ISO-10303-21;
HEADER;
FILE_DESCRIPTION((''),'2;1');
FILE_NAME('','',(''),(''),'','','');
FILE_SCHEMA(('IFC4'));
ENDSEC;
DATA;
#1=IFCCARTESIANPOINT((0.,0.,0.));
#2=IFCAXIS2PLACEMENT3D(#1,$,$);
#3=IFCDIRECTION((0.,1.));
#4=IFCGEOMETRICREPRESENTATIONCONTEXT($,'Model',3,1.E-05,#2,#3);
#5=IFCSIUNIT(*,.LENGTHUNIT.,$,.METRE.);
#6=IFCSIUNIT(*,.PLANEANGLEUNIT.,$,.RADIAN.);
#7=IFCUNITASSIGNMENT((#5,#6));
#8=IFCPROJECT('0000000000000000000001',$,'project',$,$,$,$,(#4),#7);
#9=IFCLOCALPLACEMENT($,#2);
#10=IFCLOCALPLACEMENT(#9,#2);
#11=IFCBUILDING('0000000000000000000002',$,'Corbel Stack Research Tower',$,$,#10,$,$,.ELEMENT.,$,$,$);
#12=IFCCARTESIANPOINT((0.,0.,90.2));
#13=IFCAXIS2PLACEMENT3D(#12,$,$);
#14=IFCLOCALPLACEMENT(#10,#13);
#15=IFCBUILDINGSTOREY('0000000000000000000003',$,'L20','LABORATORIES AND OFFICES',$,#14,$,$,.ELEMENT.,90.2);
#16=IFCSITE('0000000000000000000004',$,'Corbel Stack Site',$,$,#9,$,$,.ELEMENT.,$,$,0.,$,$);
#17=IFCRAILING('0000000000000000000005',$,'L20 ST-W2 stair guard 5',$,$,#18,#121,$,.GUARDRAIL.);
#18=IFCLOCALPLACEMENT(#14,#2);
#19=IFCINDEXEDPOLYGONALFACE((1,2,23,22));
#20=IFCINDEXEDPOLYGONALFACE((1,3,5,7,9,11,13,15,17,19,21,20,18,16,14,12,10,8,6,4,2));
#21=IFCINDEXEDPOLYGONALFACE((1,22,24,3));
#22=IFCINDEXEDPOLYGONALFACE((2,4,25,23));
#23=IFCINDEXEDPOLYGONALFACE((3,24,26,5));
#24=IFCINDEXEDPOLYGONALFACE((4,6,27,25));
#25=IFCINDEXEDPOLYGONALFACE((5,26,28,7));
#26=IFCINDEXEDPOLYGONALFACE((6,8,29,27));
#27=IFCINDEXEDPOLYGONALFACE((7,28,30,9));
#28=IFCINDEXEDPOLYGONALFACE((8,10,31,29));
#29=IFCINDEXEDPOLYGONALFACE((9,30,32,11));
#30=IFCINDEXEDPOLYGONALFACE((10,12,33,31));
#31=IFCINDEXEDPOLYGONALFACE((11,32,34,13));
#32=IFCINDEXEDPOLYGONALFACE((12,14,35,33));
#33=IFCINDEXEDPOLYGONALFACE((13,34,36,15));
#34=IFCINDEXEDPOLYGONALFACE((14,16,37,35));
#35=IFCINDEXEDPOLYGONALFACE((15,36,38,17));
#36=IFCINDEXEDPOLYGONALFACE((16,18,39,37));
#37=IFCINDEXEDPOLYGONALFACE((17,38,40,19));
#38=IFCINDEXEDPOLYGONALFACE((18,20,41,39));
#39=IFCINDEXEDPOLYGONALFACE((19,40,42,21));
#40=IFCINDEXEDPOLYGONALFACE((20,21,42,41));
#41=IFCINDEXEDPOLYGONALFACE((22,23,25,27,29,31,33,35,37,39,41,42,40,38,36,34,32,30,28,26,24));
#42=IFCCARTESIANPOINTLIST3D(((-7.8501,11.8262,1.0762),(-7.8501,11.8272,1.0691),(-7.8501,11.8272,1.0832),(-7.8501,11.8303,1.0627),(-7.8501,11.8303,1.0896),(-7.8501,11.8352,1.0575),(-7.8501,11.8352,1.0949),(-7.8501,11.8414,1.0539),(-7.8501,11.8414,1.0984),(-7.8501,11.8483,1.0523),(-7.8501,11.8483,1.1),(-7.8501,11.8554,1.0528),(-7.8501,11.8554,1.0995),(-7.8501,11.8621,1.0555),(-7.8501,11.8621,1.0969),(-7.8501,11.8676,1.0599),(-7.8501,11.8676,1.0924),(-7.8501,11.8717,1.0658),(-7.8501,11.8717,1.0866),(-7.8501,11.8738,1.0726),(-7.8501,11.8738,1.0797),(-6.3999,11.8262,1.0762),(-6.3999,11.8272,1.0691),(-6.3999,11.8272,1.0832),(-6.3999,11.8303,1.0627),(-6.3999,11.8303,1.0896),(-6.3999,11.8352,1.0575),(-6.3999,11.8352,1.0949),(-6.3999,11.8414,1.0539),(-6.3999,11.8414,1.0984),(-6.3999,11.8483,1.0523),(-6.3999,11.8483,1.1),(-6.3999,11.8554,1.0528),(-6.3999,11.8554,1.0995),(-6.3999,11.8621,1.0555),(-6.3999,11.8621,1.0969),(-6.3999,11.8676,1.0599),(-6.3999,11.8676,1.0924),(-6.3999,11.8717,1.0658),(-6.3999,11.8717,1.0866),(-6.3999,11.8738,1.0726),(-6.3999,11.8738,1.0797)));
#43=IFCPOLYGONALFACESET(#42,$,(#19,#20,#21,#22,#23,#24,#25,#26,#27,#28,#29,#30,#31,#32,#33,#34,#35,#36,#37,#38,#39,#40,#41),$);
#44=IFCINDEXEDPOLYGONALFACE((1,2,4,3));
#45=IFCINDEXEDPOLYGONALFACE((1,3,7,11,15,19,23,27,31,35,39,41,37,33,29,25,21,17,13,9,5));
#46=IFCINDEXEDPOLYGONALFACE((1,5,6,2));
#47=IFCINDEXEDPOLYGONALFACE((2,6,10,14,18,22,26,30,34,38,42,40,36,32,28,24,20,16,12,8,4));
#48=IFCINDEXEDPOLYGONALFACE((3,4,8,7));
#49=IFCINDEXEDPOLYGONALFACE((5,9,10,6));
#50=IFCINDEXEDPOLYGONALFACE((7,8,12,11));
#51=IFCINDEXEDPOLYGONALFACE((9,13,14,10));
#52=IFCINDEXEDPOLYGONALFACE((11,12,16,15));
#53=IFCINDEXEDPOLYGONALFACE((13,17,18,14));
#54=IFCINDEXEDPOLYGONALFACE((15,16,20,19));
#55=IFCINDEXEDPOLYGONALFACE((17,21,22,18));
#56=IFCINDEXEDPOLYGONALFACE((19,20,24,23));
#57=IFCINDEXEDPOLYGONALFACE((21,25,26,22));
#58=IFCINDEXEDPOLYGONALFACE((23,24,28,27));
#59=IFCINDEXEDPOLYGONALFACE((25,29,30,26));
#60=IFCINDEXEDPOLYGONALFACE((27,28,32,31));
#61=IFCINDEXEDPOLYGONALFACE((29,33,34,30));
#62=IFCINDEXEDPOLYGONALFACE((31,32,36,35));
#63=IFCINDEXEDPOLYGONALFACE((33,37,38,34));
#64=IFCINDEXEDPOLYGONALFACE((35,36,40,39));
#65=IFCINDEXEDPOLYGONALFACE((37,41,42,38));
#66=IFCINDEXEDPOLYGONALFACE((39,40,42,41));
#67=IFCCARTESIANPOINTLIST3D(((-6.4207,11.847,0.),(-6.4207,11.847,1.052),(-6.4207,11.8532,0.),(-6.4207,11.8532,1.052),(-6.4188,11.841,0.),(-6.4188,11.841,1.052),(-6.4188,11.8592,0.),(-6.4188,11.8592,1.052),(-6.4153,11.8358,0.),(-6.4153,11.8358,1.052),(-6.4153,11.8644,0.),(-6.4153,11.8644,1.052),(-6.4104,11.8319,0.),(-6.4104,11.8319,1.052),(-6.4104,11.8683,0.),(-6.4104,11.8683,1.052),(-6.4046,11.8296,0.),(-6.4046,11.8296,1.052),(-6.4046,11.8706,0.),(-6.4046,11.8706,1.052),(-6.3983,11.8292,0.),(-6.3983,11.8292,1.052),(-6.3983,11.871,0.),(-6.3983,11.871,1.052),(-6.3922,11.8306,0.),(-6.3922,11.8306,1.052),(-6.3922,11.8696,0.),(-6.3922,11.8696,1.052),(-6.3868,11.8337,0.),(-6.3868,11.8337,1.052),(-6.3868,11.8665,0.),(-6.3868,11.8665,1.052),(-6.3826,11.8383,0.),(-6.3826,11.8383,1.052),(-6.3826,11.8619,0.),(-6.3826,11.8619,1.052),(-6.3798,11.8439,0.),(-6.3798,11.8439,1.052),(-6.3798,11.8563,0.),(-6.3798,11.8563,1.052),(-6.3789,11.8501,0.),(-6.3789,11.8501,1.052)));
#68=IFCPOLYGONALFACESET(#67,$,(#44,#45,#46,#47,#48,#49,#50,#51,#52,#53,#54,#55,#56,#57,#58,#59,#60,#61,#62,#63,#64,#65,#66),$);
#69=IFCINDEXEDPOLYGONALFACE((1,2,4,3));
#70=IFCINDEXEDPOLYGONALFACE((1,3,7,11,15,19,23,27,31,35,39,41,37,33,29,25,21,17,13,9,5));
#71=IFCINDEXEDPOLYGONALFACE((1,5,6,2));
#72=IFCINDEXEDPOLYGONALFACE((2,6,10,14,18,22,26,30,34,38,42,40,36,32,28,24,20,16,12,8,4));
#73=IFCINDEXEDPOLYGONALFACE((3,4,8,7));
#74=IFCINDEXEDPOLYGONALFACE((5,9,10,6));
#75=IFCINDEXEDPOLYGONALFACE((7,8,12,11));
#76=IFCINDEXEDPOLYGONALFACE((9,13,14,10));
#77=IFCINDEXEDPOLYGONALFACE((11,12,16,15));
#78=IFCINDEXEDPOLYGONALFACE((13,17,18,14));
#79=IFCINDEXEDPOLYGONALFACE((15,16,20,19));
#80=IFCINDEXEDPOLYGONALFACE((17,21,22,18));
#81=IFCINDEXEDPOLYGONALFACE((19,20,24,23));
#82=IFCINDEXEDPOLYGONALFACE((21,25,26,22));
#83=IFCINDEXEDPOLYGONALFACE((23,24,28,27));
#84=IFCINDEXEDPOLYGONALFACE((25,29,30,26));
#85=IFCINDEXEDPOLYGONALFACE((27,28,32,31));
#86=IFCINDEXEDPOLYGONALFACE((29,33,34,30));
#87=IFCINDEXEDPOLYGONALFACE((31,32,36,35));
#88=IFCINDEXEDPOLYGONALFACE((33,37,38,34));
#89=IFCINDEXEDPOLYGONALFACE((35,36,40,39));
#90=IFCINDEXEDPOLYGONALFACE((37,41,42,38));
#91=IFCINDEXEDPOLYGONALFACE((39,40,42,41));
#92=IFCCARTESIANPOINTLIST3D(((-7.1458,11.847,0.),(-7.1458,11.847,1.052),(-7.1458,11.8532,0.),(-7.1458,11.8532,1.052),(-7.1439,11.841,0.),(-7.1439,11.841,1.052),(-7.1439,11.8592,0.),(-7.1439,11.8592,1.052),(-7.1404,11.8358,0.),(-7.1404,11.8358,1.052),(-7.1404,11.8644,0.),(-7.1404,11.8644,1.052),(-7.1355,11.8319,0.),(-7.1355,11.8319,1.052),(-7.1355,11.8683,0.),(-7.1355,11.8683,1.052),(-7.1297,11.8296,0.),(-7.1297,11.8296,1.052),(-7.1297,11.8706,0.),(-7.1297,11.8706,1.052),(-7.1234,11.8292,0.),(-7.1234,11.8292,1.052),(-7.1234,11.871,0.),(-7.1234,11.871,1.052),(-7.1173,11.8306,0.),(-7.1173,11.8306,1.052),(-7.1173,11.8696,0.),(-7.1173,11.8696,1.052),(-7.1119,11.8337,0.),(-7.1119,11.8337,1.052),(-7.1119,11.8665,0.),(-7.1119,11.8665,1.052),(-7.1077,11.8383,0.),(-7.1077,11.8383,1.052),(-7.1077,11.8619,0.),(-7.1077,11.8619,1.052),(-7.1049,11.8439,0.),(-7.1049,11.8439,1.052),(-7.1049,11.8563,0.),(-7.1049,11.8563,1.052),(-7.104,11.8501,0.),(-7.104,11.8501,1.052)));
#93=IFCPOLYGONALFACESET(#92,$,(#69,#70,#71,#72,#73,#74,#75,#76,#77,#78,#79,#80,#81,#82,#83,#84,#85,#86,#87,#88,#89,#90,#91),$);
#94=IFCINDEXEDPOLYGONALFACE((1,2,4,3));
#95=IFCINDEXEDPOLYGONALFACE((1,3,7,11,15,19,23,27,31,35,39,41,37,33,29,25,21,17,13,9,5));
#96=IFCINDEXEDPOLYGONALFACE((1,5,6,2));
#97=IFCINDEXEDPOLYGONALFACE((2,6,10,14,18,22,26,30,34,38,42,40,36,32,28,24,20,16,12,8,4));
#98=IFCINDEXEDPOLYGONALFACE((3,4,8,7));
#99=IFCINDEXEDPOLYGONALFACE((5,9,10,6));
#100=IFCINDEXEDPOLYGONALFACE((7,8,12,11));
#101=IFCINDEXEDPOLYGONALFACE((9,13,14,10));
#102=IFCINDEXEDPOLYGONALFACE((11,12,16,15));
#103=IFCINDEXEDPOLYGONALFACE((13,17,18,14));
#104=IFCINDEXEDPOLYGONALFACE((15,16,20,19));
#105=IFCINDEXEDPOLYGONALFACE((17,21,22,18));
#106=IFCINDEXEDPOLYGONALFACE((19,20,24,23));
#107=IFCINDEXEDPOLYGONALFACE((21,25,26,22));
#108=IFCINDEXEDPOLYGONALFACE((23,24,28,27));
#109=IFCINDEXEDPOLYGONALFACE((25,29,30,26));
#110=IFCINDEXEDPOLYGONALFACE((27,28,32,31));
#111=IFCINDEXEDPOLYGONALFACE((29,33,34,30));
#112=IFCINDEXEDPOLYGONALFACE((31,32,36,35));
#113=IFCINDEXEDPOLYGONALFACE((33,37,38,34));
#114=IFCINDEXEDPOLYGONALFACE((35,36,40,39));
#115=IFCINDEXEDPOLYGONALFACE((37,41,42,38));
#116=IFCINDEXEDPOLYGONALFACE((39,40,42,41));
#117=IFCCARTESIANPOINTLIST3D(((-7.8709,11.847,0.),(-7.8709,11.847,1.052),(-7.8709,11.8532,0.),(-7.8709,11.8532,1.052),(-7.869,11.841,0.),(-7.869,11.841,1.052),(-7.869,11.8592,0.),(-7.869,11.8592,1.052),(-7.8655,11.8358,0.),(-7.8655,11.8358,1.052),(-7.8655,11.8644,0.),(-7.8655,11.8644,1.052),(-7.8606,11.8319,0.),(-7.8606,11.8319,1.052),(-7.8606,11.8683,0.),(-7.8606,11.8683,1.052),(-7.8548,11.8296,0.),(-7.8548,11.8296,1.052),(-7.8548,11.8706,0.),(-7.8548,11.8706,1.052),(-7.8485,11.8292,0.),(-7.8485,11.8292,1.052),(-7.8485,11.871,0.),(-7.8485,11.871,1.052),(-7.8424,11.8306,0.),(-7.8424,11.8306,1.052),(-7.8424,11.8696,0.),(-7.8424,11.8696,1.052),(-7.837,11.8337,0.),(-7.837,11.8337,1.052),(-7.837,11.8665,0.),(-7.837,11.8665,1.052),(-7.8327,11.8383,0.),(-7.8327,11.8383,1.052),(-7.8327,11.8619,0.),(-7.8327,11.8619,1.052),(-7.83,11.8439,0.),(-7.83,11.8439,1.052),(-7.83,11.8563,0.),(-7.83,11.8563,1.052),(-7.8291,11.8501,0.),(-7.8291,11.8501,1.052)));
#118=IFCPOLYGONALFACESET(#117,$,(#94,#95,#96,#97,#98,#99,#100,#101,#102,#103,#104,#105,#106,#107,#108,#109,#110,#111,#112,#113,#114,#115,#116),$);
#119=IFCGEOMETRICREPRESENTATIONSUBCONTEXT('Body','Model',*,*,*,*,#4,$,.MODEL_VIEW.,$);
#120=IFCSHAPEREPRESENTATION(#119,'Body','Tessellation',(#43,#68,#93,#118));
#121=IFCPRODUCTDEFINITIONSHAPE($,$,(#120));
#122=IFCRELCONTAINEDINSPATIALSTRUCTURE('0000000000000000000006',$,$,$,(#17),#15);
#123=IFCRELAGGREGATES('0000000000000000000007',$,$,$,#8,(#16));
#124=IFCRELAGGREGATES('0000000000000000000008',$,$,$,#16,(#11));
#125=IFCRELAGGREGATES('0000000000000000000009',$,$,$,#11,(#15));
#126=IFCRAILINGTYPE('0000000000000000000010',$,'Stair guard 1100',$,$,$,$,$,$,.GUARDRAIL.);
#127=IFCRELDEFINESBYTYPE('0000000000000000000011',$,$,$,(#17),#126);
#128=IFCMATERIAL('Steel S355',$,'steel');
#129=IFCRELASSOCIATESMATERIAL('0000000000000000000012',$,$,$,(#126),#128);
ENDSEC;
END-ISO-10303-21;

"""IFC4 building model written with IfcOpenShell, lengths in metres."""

from ifc_helpers import new_model, si_unit, direction, frame, origin, origin_2d, place, context, subcontext, project, spatial, circle, extrude, material, type_object, element, save


model = new_model("IFC4")

# Units and contexts
model_context = context("Model", 3, precision=1e-05, world=origin(), true_north=direction((0.0, 1.0)))
body_context = subcontext(model_context, "Body", "Model", "MODEL_VIEW")
ifc_project = project(units=[si_unit("LENGTHUNIT", "METRE"), si_unit("PLANEANGLEUNIT", "RADIAN")], contexts=[model_context])

# Site, building, storey
site_placement = place(None, origin())
site = spatial("IfcSite", under=ifc_project, at=site_placement, Name="Corbel Stack Site", CompositionType="ELEMENT", RefElevation=0.0)
building_placement = place(site_placement, origin())
building = spatial("IfcBuilding", under=site, at=building_placement, Name="Corbel Stack Research Tower", CompositionType="ELEMENT")
storey_placement = place(building_placement, frame((0.0, 0.0, 90.2)))
storey = spatial("IfcBuildingStorey", under=building, at=storey_placement, Name="L20", Description="LABORATORIES AND OFFICES", CompositionType="ELEMENT", Elevation=90.2)

# Railing
ifc_material_1 = material(Name="Steel S355", Category="steel")
railing_type_1 = type_object("IfcRailingType", Name="Stair guard 1100", PredefinedType="GUARDRAIL", material=ifc_material_1)
railing_1_placement = place(storey_placement, frame((-6.3999, 11.8501, 0.0)))
element("IfcRailing", 1, at=railing_1_placement, inside=storey, type_object=railing_type_1, Name="L20 ST-W2 stair guard 5", PredefinedType="GUARDRAIL", context=body_context, shape_type="SweptSolid", body=[
    extrude(circle(Radius=0.0239, at=origin_2d()), frame((0.0, 0.0, 1.0762), z_axis=(-1.0, 0.0, 0.0), x_axis=(0.0, -1.0, 0.0)), (0.0, 0.0, 1.0), 1.4502),
    extrude(circle(Radius=0.021, at=origin_2d()), origin(), (0.0, 0.0, 1.0), 1.052),
    extrude(circle(Radius=0.021, at=origin_2d()), frame((-0.7251, 0.0, 0.0)), (0.0, 0.0, 1.0), 1.052),
    extrude(circle(Radius=0.021, at=origin_2d()), frame((-1.4502, 0.0, 0.0)), (0.0, 0.0, 1.0), 1.052),
])

save(model, "model.ifc")
